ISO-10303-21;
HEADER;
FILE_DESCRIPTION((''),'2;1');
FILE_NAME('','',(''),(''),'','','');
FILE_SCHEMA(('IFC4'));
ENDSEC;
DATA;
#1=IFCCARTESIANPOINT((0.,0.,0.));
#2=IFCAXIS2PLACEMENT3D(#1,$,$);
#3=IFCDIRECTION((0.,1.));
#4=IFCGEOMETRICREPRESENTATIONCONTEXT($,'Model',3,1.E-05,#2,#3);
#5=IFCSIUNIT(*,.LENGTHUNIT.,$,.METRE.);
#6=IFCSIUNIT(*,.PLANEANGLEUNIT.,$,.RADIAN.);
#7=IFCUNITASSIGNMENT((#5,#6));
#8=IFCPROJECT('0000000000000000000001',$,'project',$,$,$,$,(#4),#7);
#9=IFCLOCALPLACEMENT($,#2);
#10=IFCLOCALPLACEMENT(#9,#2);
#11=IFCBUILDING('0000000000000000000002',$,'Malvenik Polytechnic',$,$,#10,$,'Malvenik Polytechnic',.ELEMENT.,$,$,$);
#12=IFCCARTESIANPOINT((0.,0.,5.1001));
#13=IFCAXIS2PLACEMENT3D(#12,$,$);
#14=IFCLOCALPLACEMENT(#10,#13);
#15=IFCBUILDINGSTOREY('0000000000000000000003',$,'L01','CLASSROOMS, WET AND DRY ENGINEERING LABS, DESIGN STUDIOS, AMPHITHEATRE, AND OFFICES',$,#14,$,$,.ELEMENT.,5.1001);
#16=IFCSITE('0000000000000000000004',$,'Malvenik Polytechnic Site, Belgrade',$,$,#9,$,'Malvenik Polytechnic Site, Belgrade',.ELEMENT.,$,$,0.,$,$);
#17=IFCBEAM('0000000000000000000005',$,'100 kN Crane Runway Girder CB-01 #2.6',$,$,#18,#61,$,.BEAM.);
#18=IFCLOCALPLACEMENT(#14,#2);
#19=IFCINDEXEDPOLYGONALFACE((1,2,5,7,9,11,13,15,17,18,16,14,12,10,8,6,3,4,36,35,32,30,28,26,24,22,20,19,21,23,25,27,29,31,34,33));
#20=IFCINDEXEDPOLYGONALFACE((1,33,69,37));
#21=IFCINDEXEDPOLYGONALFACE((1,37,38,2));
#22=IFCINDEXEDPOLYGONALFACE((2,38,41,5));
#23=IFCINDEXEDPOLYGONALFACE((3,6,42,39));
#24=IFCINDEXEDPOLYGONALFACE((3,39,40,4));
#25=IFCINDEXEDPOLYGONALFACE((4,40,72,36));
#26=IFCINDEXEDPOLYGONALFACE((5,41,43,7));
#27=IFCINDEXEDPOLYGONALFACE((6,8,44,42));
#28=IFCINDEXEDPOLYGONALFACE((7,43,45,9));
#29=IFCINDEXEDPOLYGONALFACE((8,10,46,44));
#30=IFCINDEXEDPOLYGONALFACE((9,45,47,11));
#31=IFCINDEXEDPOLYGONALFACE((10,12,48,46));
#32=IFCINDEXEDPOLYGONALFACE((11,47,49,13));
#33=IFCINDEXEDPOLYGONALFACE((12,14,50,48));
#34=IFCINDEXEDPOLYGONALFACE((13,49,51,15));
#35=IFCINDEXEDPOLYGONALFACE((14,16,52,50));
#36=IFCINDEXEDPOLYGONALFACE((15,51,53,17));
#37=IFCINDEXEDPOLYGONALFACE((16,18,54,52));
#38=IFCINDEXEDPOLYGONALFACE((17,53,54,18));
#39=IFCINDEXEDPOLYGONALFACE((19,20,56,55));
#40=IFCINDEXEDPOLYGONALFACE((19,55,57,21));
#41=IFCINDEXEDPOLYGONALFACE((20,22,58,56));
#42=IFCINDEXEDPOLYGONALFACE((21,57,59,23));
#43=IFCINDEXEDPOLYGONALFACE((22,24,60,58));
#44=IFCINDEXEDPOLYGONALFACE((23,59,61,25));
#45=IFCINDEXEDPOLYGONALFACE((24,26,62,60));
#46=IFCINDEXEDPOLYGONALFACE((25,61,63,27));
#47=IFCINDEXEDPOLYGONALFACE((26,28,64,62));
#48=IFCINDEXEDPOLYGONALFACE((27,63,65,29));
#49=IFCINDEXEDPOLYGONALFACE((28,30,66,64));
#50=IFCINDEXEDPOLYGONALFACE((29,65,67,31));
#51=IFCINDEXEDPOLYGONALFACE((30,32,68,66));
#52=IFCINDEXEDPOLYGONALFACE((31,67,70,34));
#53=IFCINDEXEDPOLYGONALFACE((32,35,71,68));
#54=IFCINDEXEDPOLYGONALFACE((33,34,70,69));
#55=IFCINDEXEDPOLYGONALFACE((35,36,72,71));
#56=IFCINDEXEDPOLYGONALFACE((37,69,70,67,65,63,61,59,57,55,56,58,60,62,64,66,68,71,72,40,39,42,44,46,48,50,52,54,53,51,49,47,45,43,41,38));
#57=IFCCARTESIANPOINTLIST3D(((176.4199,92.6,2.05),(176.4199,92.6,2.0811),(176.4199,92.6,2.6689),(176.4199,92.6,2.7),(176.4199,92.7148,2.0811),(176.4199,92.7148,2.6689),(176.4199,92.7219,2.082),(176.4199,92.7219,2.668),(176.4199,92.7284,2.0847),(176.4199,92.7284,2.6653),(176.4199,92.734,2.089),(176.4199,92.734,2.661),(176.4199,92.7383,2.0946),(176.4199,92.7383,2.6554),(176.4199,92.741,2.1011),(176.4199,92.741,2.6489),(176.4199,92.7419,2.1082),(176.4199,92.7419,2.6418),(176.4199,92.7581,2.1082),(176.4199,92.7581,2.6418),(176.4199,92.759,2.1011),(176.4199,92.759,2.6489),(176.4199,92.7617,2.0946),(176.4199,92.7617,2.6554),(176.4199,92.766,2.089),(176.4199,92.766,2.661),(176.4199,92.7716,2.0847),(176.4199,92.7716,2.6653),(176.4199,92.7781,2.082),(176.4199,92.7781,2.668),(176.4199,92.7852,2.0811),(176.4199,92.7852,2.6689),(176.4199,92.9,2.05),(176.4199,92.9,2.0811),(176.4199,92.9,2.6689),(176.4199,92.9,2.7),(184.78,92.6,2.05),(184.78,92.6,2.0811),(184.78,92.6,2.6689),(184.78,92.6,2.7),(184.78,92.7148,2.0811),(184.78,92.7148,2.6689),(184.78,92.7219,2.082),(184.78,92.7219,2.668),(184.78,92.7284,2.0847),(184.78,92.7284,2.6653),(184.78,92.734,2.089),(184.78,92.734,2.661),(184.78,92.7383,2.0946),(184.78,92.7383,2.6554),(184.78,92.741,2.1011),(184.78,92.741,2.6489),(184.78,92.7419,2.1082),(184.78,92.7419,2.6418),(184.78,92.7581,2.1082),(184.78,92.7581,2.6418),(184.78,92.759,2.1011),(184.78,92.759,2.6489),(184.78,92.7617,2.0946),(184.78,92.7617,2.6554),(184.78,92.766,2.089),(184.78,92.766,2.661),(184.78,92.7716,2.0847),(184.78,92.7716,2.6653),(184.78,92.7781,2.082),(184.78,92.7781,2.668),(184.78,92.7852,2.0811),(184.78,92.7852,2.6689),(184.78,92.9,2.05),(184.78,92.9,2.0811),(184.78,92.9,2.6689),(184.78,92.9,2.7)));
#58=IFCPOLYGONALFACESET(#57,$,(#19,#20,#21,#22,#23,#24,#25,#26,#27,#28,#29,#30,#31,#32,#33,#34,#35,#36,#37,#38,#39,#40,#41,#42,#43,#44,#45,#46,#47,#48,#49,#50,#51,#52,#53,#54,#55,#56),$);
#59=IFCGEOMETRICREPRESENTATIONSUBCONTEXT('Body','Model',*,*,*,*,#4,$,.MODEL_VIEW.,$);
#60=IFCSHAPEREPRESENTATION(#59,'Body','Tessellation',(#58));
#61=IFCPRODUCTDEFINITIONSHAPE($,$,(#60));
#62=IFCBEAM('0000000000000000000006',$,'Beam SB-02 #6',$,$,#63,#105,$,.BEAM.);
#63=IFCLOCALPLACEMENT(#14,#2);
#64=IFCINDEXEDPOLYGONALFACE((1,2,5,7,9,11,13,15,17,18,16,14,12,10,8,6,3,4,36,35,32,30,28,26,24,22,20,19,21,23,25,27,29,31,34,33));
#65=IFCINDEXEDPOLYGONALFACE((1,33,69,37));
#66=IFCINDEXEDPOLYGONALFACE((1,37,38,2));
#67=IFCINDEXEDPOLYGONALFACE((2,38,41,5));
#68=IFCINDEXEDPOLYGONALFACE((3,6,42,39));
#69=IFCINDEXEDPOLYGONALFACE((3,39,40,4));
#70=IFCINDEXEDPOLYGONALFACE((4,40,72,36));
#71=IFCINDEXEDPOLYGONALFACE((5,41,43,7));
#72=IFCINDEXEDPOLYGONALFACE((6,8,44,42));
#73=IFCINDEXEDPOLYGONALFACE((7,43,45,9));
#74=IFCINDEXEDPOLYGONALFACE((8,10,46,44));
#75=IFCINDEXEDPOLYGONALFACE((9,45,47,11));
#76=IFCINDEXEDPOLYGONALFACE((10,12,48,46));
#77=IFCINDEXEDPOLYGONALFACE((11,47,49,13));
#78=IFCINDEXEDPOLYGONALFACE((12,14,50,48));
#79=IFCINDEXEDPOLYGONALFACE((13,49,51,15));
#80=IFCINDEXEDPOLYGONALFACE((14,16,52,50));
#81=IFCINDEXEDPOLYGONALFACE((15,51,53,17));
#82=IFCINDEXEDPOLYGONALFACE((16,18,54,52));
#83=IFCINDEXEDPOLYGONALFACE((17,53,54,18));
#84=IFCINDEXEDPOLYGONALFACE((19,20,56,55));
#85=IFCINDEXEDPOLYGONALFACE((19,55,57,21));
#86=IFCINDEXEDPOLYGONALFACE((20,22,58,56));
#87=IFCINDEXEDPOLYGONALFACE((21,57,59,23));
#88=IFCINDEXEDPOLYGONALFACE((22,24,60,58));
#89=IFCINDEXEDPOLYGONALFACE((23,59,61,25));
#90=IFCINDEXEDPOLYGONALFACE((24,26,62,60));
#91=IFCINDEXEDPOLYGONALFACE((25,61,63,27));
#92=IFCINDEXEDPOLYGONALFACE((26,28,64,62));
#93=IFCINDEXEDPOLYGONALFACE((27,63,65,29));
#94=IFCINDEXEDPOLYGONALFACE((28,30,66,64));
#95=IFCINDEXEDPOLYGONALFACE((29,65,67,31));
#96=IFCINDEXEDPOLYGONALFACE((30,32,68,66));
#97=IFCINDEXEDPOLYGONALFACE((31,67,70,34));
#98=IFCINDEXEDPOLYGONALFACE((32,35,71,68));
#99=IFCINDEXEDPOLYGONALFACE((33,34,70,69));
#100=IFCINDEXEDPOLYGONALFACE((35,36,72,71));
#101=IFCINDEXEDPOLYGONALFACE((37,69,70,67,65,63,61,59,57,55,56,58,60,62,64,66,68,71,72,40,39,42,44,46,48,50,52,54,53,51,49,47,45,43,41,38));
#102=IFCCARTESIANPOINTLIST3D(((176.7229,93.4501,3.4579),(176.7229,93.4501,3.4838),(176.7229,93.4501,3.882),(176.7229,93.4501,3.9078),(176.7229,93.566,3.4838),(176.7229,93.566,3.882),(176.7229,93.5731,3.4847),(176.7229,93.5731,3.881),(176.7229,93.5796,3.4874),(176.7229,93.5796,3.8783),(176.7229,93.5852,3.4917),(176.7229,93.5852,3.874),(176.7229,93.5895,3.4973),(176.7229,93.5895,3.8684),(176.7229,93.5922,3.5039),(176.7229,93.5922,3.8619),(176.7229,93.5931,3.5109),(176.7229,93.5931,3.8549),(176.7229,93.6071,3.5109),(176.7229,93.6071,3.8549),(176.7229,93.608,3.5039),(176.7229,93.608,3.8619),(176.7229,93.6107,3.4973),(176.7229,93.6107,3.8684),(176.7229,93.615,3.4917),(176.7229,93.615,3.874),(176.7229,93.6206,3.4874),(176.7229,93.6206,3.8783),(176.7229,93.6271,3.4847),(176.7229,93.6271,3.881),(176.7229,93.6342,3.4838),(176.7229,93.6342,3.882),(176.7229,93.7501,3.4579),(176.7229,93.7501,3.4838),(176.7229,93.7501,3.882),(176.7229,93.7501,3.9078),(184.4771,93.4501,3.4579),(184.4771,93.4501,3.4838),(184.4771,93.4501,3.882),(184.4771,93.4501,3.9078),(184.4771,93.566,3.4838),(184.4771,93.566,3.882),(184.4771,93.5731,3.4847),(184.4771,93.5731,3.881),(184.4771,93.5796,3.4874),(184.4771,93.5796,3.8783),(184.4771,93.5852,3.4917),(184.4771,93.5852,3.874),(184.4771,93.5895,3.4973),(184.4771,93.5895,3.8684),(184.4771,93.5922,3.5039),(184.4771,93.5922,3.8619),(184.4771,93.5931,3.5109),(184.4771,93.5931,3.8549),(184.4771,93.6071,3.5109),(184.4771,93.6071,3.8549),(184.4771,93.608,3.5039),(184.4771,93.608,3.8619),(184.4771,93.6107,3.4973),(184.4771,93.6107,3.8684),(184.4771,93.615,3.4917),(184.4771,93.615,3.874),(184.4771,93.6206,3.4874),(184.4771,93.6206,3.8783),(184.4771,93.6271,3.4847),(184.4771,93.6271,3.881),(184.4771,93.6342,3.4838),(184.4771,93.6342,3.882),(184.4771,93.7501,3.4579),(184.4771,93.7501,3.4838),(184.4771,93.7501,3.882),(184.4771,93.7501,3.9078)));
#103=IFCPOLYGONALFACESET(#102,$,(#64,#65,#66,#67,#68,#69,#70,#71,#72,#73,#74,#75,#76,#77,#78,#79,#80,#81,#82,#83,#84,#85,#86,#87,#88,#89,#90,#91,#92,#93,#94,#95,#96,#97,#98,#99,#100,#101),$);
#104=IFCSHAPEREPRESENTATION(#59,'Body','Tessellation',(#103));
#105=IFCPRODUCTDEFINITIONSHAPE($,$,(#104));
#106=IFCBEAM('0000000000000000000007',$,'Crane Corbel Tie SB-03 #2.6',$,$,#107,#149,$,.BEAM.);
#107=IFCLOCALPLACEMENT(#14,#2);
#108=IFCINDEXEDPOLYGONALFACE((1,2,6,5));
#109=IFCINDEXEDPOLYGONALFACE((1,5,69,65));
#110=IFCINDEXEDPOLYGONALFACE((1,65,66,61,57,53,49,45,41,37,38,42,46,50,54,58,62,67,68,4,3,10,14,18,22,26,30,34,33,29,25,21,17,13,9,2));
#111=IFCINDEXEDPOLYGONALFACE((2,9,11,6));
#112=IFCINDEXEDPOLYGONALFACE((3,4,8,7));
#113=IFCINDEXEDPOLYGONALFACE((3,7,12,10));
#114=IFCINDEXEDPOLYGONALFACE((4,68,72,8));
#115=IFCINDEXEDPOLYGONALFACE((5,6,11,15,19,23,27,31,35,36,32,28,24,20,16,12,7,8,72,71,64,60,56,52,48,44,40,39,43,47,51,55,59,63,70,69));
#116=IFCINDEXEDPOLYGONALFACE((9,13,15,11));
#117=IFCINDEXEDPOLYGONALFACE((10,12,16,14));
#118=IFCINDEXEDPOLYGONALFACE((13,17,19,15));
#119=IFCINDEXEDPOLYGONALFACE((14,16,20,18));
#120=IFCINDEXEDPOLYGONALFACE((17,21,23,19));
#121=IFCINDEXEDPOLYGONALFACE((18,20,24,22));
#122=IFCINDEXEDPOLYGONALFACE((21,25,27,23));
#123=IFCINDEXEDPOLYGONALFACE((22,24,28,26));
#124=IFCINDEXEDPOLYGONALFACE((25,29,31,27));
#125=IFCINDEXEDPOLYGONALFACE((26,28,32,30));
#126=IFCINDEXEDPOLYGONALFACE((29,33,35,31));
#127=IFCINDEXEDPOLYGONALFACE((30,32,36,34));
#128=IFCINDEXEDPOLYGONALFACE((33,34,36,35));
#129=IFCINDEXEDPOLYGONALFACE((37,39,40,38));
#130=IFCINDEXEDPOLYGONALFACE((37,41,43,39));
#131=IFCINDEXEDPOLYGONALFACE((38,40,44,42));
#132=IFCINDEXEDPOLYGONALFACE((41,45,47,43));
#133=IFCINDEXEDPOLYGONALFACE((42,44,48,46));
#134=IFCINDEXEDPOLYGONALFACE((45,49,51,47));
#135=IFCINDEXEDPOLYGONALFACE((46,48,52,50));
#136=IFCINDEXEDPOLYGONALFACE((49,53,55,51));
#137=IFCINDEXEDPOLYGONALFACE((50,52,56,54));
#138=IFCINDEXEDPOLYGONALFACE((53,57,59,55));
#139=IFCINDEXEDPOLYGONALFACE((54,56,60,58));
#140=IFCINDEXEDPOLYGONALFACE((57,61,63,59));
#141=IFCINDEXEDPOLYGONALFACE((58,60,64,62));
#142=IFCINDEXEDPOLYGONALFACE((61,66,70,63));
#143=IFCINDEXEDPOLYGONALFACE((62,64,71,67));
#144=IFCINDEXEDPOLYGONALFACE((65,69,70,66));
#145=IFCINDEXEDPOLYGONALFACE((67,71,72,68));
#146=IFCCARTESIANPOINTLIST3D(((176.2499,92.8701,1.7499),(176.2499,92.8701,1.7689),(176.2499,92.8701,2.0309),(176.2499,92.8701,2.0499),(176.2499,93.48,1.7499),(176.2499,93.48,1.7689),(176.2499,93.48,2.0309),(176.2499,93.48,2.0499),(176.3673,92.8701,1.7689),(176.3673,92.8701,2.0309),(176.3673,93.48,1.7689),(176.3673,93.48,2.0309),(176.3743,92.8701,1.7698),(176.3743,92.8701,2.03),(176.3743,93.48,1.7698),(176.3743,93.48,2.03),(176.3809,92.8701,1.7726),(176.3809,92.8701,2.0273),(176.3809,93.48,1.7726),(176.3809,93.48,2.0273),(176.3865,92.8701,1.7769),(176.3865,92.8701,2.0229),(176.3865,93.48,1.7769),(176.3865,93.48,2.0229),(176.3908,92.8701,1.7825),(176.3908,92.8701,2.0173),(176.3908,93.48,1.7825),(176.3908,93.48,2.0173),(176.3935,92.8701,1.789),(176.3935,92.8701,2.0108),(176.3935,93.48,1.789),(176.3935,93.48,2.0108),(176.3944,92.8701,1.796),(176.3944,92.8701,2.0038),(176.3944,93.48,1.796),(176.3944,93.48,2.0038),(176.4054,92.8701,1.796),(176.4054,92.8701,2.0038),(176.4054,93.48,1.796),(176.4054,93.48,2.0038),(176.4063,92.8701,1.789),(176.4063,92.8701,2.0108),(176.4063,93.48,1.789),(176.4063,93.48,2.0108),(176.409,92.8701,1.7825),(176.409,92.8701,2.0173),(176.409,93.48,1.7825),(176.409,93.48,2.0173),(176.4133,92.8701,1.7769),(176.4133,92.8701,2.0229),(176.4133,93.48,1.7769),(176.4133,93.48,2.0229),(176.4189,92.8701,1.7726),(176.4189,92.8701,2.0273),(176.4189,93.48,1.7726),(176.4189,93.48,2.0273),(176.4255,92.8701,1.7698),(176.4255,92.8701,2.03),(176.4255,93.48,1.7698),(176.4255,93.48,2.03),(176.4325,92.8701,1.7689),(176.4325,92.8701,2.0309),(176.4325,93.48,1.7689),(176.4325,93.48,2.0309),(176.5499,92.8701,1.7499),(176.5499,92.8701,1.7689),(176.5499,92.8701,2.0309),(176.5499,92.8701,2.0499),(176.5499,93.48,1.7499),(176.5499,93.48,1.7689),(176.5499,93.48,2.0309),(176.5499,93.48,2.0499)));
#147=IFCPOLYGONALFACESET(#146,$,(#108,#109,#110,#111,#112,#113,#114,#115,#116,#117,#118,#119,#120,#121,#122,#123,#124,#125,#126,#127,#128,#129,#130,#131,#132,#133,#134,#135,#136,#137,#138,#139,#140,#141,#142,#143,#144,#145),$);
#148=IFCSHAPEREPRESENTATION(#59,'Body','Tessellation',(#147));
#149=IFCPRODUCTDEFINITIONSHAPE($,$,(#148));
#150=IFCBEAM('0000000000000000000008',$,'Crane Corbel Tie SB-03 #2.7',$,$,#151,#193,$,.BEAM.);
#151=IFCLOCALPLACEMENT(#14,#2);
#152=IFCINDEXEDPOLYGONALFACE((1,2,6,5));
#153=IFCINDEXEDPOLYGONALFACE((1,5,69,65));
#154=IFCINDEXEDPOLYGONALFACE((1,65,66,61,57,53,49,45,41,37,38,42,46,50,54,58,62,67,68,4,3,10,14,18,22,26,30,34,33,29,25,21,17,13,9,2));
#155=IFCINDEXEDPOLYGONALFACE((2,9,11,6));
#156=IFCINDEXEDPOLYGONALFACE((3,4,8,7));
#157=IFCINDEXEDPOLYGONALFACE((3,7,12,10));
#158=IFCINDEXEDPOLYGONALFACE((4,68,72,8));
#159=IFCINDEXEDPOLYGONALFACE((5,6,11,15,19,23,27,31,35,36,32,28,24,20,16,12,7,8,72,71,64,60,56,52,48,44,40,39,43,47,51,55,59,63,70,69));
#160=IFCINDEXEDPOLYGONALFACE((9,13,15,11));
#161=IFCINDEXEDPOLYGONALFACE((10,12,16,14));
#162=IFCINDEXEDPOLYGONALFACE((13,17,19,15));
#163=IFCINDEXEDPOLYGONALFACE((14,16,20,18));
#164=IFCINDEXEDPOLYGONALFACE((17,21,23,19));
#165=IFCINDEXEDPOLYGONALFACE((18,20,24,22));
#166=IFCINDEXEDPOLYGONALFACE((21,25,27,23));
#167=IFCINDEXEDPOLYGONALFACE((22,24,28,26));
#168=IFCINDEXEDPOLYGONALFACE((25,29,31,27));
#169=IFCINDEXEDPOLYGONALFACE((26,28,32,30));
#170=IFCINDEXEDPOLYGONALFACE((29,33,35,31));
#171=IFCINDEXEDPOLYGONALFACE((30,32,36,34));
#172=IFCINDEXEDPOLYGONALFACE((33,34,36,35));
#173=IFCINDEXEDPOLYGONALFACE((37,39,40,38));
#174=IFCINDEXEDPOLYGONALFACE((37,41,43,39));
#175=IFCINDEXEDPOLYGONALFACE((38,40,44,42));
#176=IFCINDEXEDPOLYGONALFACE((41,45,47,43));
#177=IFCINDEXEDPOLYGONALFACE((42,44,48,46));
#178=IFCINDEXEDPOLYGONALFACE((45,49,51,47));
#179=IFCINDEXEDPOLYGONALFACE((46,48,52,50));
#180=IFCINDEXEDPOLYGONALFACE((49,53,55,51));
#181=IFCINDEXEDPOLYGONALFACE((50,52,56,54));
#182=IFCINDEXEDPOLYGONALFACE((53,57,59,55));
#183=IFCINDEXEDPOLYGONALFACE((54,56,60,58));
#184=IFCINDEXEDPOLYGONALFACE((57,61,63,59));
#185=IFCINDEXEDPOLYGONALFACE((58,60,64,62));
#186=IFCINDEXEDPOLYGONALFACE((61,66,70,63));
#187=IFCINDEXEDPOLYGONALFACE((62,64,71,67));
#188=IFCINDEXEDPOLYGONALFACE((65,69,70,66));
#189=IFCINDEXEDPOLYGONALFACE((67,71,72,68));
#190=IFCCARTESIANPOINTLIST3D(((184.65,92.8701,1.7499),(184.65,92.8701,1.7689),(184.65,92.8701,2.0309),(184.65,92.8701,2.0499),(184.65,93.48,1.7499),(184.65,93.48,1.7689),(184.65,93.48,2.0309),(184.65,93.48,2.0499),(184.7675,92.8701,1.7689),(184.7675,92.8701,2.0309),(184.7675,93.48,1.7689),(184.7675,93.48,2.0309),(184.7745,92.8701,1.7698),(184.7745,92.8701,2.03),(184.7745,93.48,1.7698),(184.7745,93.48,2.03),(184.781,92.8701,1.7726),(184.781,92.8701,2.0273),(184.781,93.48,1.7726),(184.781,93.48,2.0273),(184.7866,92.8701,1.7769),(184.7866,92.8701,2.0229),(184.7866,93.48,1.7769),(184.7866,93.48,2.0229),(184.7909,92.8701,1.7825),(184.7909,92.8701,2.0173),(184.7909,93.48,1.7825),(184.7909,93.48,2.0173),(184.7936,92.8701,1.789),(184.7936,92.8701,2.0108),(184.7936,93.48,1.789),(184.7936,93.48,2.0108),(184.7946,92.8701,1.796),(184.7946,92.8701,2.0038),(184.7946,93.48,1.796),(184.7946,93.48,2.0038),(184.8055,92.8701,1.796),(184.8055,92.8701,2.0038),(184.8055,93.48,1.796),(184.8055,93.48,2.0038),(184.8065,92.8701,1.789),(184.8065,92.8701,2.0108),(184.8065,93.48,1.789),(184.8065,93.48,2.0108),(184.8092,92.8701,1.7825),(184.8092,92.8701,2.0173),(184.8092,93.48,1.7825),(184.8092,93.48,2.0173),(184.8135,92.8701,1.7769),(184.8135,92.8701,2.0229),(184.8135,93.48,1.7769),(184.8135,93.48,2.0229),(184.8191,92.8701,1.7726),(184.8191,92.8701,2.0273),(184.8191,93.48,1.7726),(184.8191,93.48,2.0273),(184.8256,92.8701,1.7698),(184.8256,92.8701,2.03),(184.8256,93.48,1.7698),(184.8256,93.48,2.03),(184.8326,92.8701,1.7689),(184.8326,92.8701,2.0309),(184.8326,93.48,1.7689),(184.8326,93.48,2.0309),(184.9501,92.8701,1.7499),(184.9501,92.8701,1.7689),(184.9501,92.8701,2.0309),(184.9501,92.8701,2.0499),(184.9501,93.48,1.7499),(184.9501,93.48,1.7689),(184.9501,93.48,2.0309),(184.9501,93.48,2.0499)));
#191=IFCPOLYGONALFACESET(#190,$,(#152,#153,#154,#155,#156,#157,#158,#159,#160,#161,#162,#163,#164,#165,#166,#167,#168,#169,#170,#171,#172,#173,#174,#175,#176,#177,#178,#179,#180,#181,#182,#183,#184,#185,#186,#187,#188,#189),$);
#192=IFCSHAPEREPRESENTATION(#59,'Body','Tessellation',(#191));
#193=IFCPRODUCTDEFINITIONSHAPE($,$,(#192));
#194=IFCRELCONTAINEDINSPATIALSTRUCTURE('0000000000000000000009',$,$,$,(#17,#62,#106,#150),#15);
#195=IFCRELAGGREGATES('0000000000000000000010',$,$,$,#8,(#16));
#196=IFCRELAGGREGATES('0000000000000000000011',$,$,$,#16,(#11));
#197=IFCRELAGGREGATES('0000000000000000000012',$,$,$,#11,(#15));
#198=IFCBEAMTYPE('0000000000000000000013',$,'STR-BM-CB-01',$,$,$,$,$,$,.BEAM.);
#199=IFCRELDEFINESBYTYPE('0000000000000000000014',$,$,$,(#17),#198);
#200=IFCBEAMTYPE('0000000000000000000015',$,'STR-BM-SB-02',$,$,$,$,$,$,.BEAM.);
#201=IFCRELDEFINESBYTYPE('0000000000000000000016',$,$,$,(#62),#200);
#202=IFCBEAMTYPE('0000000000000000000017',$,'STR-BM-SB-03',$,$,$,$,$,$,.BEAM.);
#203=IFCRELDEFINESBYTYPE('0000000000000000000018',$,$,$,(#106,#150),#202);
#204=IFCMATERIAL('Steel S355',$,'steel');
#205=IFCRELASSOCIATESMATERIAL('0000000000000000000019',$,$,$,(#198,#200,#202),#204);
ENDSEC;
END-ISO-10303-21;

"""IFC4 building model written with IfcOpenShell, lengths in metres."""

from ifc_helpers import new_model, si_unit, direction, frame, origin, origin_2d, place, context, subcontext, project, spatial, i_section, extrude, material, material_profile, profile_set, type_object, element, save


model = new_model("IFC4")

# Units and contexts
model_context = context("Model", 3, precision=1e-05, world=origin(), true_north=direction((0.0, 1.0)))
body_context = subcontext(model_context, "Body", "Model", "MODEL_VIEW")
ifc_project = project(units=[si_unit("LENGTHUNIT", "METRE"), si_unit("PLANEANGLEUNIT", "RADIAN")], contexts=[model_context])

# Site, building, storey
site_placement = place(None, origin())
site = spatial("IfcSite", under=ifc_project, at=site_placement, Name="Malvenik Polytechnic Site, Belgrade", LongName="Malvenik Polytechnic Site, Belgrade", CompositionType="ELEMENT", RefElevation=0.0)
building_placement = place(site_placement, origin())
building = spatial("IfcBuilding", under=site, at=building_placement, Name="Malvenik Polytechnic", LongName="Malvenik Polytechnic", CompositionType="ELEMENT")
storey_placement = place(building_placement, frame((0.0, 0.0, 5.1001)))
storey = spatial("IfcBuildingStorey", under=building, at=storey_placement, Name="L01", Description="CLASSROOMS, WET AND DRY ENGINEERING LABS, DESIGN STUDIOS, AMPHITHEATRE, AND OFFICES", CompositionType="ELEMENT", Elevation=5.1001)

# Beams
ifc_material_1 = material(Name="Steel S355", Category="steel")
ifc_material_profile_1 = material_profile(ifc_material_1, i_section(OverallWidth=0.3, OverallDepth=0.6499, WebThickness=0.0161, FlangeThickness=0.031, FilletRadius=0.0271, at=origin_2d()), Name="HEB 650")
ifc_profile_set_1 = profile_set([ifc_material_profile_1], Name="Steel S355")
beam_type_1 = type_object("IfcBeamType", Name="STR-BM-CB-01", PredefinedType="BEAM", material=ifc_profile_set_1)
beam_1_placement = place(storey_placement, frame((176.4199, 92.75, 2.375), z_axis=(1.0, 0.0, 0.0), x_axis=(0.0, 1.0, 0.0)))
element("IfcBeam", 1, at=beam_1_placement, inside=storey, type_object=beam_type_1, Name="100 kN Crane Runway Girder CB-01 #2.6", PredefinedType="BEAM", context=body_context, shape_type="SweptSolid", body=[
    extrude(i_section(OverallWidth=0.3, OverallDepth=0.6499, WebThickness=0.0161, FlangeThickness=0.031, FilletRadius=0.0271, at=origin_2d()), origin(), (0.0, 0.0, 1.0), 8.3601),
])
ifc_material_profile_2 = material_profile(ifc_material_1, i_section(OverallWidth=0.3, OverallDepth=0.45, WebThickness=0.0139, FlangeThickness=0.0259, FilletRadius=0.0271, at=origin_2d()), Name="HEB 450")
ifc_profile_set_2 = profile_set([ifc_material_profile_2], Name="Steel S355")
beam_type_2 = type_object("IfcBeamType", Name="STR-BM-SB-02", PredefinedType="BEAM", material=ifc_profile_set_2)
beam_2_placement = place(storey_placement, frame((176.7229, 93.6001, 3.6829), z_axis=(1.0, 0.0, 0.0), x_axis=(0.0, 1.0, 0.0)))
element("IfcBeam", 2, at=beam_2_placement, inside=storey, type_object=beam_type_2, Name="Beam SB-02 #6", PredefinedType="BEAM", context=body_context, shape_type="SweptSolid", body=[
    extrude(i_section(OverallWidth=0.3, OverallDepth=0.45, WebThickness=0.0139, FlangeThickness=0.0259, FilletRadius=0.0271, at=origin_2d()), origin(), (0.0, 0.0, 1.0), 7.7542),
])
ifc_material_profile_3 = material_profile(ifc_material_1, i_section(OverallWidth=0.3, OverallDepth=0.3, WebThickness=0.011, FlangeThickness=0.019, FilletRadius=0.0271, at=origin_2d()), Name="HEB 300")
ifc_profile_set_3 = profile_set([ifc_material_profile_3], Name="Steel S355")
beam_type_3 = type_object("IfcBeamType", Name="STR-BM-SB-03", PredefinedType="BEAM", material=ifc_profile_set_3)
for number, where, z_axis, x_axis, name in (
    (3, (176.3999, 92.8701, 1.8999), (0.0, 1.0, 0.0), (-1.0, 0.0, 0.0), "Crane Corbel Tie SB-03 #2.6"),
    (4, (184.8, 92.8701, 1.8999), (0.0, 1.0, 0.0), (-1.0, 0.0, 0.0), "Crane Corbel Tie SB-03 #2.7"),
):
    element("IfcBeam", number, at=place(storey_placement, frame(where, z_axis=z_axis, x_axis=x_axis)), inside=storey, type_object=beam_type_3, Name=name, PredefinedType="BEAM", context=body_context, shape_type="SweptSolid", body=[
        extrude(i_section(OverallWidth=0.3, OverallDepth=0.3, WebThickness=0.011, FlangeThickness=0.019, FilletRadius=0.0271, at=origin_2d()), origin(), (0.0, 0.0, 1.0), 0.6099),
    ])

save(model, "model.ifc")
